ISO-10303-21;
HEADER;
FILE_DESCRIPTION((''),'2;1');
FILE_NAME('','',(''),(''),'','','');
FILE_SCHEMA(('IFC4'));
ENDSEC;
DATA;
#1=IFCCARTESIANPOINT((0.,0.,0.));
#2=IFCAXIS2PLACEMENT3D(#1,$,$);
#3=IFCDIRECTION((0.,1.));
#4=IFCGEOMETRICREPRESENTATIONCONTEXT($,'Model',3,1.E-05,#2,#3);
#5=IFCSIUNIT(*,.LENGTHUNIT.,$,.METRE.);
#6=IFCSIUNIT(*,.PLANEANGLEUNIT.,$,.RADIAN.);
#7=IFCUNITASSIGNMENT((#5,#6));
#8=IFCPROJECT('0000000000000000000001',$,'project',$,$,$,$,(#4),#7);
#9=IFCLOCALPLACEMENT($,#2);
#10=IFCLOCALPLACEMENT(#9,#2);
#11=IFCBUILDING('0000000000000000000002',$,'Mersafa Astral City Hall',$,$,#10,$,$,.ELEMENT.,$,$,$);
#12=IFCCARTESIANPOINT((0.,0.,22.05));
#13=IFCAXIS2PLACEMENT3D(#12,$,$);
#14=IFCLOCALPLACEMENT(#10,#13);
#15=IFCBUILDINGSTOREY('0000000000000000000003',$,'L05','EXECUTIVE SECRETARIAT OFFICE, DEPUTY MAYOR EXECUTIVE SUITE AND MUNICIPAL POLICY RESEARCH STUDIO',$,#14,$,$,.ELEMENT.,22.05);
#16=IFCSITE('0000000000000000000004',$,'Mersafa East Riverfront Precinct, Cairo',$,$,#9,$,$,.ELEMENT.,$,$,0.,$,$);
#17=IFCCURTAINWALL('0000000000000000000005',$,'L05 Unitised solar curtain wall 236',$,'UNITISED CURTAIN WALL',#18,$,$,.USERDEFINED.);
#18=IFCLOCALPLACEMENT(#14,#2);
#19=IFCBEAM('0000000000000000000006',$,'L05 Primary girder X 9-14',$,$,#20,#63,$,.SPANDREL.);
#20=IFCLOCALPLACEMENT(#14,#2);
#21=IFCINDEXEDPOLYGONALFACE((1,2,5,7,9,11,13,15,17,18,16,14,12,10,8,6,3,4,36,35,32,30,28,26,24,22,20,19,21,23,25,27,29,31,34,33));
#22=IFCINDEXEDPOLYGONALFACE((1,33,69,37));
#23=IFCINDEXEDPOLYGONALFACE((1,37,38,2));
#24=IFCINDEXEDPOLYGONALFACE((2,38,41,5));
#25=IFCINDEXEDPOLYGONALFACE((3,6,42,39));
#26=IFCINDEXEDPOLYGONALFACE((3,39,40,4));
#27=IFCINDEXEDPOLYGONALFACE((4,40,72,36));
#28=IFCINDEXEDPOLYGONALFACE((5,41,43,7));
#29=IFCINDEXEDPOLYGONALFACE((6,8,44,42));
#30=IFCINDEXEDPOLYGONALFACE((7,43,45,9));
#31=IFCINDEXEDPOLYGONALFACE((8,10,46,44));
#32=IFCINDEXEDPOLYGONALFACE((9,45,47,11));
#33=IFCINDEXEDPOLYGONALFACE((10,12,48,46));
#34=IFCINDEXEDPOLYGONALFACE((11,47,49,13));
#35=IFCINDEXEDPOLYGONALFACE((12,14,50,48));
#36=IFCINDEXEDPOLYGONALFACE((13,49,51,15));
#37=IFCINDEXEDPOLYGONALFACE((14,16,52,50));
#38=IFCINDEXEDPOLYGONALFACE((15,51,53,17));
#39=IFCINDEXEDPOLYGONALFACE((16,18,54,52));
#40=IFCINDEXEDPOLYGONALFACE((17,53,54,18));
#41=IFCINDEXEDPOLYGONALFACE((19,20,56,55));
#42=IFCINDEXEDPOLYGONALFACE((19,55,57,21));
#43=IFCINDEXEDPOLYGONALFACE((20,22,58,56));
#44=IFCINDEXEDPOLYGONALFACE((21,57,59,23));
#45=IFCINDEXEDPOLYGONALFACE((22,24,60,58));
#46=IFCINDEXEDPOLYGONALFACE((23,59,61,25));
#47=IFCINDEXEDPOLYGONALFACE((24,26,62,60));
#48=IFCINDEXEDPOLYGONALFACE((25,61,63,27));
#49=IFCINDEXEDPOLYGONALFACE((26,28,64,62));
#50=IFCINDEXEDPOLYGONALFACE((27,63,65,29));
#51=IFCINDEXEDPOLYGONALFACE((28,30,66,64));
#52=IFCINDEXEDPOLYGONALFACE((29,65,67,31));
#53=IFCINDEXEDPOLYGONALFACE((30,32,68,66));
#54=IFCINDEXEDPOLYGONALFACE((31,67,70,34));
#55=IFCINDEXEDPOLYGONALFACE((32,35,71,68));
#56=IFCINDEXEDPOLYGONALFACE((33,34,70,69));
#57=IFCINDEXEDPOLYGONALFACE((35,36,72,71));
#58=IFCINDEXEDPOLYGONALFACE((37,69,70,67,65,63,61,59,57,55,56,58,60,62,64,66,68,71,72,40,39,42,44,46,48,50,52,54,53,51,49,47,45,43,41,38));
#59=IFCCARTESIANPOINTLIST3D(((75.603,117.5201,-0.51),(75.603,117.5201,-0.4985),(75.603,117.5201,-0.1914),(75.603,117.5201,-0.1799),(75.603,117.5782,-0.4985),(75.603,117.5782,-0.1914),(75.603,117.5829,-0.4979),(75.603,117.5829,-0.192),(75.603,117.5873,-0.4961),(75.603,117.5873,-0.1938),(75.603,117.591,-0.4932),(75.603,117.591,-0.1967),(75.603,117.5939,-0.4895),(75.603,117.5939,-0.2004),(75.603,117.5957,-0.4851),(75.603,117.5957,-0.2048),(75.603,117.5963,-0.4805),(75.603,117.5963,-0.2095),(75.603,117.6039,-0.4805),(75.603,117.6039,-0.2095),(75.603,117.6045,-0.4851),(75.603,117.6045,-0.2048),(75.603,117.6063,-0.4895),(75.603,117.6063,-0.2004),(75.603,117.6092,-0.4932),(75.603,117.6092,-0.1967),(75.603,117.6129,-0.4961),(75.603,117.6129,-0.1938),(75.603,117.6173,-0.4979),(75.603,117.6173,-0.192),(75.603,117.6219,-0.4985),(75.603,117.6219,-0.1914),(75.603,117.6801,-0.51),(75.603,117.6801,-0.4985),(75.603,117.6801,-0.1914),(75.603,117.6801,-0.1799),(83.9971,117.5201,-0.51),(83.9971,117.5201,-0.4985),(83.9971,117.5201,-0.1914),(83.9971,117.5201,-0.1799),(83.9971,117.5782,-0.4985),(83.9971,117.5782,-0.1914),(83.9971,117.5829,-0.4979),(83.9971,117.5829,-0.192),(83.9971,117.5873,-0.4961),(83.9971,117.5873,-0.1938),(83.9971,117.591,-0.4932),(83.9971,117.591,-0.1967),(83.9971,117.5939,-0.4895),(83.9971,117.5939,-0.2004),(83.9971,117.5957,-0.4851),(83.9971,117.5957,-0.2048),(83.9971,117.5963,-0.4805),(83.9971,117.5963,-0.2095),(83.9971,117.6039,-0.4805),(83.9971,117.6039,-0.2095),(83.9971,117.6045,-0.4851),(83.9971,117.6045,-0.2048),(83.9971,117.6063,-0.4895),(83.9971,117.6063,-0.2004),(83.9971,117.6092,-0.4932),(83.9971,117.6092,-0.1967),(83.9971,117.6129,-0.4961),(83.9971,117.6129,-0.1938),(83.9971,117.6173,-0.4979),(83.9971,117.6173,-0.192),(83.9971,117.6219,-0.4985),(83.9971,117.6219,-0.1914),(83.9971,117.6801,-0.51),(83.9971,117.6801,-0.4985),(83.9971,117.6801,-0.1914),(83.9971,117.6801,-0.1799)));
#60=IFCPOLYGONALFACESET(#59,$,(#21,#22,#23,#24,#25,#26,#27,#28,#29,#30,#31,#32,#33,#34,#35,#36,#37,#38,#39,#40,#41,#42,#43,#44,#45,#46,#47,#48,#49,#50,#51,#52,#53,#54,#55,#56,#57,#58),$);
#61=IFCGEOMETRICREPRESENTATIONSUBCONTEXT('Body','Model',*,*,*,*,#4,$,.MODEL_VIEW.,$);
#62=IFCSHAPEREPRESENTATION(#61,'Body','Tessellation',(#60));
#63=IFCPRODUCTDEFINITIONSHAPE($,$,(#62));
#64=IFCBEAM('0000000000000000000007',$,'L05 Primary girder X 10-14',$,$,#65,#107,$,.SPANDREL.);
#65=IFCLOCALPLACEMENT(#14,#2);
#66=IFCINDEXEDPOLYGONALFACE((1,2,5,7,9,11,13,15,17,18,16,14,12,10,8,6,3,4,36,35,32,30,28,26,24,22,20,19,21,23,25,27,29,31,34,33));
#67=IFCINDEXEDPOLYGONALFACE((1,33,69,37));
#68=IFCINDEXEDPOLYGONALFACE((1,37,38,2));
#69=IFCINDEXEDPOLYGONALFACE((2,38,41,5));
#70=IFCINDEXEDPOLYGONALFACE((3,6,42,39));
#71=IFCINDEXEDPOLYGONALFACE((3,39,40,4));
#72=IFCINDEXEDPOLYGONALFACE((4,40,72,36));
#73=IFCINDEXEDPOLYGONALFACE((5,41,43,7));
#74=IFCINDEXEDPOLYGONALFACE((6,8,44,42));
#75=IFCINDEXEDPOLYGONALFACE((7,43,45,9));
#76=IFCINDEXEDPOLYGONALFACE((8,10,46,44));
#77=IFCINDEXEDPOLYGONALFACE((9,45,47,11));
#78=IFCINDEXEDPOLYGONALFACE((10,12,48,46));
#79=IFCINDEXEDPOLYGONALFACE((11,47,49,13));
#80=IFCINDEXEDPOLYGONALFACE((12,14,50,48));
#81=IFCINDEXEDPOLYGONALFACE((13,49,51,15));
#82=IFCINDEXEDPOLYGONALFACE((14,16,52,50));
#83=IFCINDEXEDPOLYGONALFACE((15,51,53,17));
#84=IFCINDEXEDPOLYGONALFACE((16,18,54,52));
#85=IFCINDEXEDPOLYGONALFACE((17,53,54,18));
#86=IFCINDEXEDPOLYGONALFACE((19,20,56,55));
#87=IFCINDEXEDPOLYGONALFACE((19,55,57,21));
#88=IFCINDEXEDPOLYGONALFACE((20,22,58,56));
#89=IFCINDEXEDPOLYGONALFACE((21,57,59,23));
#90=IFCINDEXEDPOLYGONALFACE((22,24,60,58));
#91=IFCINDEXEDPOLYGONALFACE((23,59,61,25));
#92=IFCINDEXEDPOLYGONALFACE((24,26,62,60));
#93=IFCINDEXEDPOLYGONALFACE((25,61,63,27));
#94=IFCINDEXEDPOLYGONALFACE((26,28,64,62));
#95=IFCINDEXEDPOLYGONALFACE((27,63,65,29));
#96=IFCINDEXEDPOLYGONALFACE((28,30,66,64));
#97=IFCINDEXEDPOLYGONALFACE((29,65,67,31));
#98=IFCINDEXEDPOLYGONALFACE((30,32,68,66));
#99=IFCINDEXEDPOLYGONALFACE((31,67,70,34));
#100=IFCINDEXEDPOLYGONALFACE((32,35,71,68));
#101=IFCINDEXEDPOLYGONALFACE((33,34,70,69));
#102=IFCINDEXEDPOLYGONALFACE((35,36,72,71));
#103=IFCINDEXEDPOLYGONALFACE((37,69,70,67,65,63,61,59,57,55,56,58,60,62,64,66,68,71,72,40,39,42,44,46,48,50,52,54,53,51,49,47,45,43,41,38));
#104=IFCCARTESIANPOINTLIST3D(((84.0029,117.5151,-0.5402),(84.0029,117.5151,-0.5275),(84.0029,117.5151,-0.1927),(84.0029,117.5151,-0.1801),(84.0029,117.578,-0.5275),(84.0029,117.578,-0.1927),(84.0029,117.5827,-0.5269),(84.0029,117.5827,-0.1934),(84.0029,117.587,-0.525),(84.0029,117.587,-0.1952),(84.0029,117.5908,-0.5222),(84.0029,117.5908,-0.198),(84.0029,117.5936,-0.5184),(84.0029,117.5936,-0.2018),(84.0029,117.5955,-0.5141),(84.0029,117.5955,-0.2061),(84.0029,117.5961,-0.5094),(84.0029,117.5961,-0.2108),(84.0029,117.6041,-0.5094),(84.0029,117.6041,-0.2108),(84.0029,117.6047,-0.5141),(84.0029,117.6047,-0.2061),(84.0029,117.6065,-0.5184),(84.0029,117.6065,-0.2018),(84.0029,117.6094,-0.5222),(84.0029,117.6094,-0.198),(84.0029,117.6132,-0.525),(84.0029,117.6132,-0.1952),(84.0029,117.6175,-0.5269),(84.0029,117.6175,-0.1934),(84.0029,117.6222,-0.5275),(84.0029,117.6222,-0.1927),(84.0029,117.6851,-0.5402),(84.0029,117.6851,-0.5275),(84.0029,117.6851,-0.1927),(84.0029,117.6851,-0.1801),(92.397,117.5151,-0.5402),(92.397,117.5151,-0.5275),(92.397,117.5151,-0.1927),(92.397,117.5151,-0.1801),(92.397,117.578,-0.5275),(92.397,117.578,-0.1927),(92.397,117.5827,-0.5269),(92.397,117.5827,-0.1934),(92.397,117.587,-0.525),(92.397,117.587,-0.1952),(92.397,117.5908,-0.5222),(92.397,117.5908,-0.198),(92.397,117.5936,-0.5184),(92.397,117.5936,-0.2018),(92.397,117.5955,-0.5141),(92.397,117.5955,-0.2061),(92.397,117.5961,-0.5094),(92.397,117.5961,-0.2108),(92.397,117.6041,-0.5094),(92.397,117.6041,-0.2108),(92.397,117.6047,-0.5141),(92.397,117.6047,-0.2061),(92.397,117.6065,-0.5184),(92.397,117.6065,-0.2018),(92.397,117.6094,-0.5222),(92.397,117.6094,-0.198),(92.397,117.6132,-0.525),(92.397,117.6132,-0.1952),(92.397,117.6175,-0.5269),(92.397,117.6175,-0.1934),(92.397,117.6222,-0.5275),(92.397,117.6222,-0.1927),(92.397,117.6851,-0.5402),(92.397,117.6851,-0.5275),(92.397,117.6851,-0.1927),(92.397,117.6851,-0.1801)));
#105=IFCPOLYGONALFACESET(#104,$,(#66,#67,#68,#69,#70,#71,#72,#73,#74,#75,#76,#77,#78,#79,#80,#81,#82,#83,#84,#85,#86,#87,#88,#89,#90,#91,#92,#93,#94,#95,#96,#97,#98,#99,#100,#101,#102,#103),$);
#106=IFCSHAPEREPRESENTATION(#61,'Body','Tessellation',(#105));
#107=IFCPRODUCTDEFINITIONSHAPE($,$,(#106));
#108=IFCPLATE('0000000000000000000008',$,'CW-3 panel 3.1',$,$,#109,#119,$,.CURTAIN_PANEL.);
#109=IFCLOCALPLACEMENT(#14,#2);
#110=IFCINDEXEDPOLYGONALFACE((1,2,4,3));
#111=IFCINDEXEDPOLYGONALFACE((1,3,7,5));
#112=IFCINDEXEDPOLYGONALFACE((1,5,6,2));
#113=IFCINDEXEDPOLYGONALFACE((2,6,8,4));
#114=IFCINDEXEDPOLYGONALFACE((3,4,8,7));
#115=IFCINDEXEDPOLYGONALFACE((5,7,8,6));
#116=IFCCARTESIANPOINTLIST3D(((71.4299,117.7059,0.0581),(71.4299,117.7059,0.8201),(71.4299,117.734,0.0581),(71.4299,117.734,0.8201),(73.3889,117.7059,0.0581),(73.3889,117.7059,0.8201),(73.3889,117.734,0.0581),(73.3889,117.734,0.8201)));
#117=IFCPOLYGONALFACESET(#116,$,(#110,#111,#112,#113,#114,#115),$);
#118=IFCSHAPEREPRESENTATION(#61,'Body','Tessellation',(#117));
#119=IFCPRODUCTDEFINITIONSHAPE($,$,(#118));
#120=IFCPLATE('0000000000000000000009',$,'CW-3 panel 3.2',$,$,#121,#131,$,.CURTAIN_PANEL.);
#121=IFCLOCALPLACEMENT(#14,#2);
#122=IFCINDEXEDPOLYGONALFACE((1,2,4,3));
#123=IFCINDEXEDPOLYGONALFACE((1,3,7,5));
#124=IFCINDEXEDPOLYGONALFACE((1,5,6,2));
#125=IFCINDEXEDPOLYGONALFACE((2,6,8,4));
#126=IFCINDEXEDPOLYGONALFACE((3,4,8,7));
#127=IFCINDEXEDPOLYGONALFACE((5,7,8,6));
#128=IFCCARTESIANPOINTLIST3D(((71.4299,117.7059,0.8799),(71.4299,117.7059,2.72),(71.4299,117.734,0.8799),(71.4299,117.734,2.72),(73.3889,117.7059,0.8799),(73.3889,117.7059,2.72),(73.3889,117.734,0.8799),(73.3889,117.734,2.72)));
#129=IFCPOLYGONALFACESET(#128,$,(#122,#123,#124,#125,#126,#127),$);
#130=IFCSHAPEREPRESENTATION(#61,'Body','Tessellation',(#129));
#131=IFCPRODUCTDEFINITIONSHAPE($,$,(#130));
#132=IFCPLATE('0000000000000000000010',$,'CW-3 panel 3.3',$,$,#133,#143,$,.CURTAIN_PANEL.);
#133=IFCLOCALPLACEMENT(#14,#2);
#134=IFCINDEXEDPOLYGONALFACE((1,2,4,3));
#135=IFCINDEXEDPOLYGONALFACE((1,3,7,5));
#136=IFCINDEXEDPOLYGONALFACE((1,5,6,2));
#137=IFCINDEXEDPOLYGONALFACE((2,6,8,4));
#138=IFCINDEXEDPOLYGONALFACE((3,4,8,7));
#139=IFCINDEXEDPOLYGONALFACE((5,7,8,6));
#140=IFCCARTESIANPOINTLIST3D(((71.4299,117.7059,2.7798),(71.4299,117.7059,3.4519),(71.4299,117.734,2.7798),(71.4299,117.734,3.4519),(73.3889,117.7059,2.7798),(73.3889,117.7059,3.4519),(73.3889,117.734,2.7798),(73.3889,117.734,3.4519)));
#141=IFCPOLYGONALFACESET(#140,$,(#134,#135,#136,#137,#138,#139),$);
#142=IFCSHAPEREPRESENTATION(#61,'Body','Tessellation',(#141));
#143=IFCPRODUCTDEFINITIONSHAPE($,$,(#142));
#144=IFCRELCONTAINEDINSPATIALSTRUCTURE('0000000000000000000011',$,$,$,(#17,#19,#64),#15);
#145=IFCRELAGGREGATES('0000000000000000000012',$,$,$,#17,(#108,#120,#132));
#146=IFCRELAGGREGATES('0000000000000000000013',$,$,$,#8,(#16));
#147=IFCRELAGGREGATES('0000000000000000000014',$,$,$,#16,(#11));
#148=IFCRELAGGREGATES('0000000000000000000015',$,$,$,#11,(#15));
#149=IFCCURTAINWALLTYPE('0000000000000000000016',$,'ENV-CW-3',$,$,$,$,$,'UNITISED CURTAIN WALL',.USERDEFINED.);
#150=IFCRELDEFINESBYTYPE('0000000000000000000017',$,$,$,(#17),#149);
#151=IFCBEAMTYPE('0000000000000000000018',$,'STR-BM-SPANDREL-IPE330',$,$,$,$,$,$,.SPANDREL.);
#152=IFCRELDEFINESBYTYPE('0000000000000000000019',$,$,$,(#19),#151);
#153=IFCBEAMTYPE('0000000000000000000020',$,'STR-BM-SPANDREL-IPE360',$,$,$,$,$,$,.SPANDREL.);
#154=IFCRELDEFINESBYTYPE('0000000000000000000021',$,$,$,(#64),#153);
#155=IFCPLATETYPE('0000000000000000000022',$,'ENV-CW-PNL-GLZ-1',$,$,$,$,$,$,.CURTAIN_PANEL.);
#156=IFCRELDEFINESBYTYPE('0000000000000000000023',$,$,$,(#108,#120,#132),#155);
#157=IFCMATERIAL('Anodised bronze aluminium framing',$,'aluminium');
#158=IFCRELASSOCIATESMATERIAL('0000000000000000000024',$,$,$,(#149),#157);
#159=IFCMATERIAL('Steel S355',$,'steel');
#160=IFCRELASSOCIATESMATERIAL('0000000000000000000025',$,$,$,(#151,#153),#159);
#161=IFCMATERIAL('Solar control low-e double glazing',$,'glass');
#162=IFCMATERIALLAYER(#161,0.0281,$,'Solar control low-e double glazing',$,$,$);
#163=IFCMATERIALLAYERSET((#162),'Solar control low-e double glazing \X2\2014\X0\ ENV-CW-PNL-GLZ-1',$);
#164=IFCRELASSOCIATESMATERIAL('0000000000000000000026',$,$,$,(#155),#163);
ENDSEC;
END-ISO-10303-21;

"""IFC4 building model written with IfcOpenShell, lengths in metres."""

from ifc_helpers import new_model, si_unit, direction, frame, origin, origin_2d, place, context, subcontext, project, spatial, rectangle, i_section, extrude, material, layer, layer_set, material_profile, profile_set, type_object, element, aggregate, save


model = new_model("IFC4")

# Units and contexts
model_context = context("Model", 3, precision=1e-05, world=origin(), true_north=direction((0.0, 1.0)))
body_context = subcontext(model_context, "Body", "Model", "MODEL_VIEW")
ifc_project = project(units=[si_unit("LENGTHUNIT", "METRE"), si_unit("PLANEANGLEUNIT", "RADIAN")], contexts=[model_context])

# Site, building, storey
site_placement = place(None, origin())
site = spatial("IfcSite", under=ifc_project, at=site_placement, Name="Mersafa East Riverfront Precinct, Cairo", CompositionType="ELEMENT", RefElevation=0.0)
building_placement = place(site_placement, origin())
building = spatial("IfcBuilding", under=site, at=building_placement, Name="Mersafa Astral City Hall", CompositionType="ELEMENT")
storey_placement = place(building_placement, frame((0.0, 0.0, 22.05)))
storey = spatial("IfcBuildingStorey", under=building, at=storey_placement, Name="L05", Description="EXECUTIVE SECRETARIAT OFFICE, DEPUTY MAYOR EXECUTIVE SUITE AND MUNICIPAL POLICY RESEARCH STUDIO", CompositionType="ELEMENT", Elevation=22.05)

# Shared definitions
ifc_material_1 = material(Name="Steel S355", Category="steel")

# Curtain wall
ifc_material_2 = material(Name="Anodised bronze aluminium framing", Category="aluminium")
curtain_wall_type = type_object("IfcCurtainWallType", Name="ENV-CW-3", ElementType="UNITISED CURTAIN WALL", PredefinedType="USERDEFINED", material=ifc_material_2)
curtain_wall_placement = place(storey_placement, origin())
curtain_wall = element("IfcCurtainWall", 1, at=curtain_wall_placement, inside=storey, type_object=curtain_wall_type, Name="L05 Unitised solar curtain wall 236", ObjectType="UNITISED CURTAIN WALL", PredefinedType="USERDEFINED")

# Beams
ifc_material_profile_1 = material_profile(ifc_material_1, i_section(OverallWidth=0.1599, OverallDepth=0.3301, WebThickness=0.0076, FlangeThickness=0.0115, FilletRadius=0.0181, at=origin_2d()), Name="IPE 330")
ifc_profile_set_1 = profile_set([ifc_material_profile_1], Name="Steel S355")
beam_type_1 = type_object("IfcBeamType", Name="STR-BM-SPANDREL-IPE330", PredefinedType="SPANDREL", material=ifc_profile_set_1)
beam_1_placement = place(storey_placement, frame((75.603, 117.6001, -0.345), z_axis=(1.0, 0.0, 0.0), x_axis=(0.0, 1.0, 0.0)))
element("IfcBeam", 2, at=beam_1_placement, inside=storey, type_object=beam_type_1, Name="L05 Primary girder X 9-14", PredefinedType="SPANDREL", context=body_context, shape_type="SweptSolid", body=[
    extrude(i_section(OverallWidth=0.1599, OverallDepth=0.3301, WebThickness=0.0076, FlangeThickness=0.0115, FilletRadius=0.0181, at=origin_2d()), origin(), (0.0, 0.0, 1.0), 8.394),
])
ifc_material_profile_2 = material_profile(ifc_material_1, i_section(OverallWidth=0.1699, OverallDepth=0.3601, WebThickness=0.0081, FlangeThickness=0.0127, FilletRadius=0.0181, at=origin_2d()), Name="IPE 360")
ifc_profile_set_2 = profile_set([ifc_material_profile_2], Name="Steel S355")
beam_type_2 = type_object("IfcBeamType", Name="STR-BM-SPANDREL-IPE360", PredefinedType="SPANDREL", material=ifc_profile_set_2)
beam_2_placement = place(storey_placement, frame((84.0029, 117.6001, -0.3601), z_axis=(1.0, 0.0, 0.0), x_axis=(0.0, 1.0, 0.0)))
element("IfcBeam", 3, at=beam_2_placement, inside=storey, type_object=beam_type_2, Name="L05 Primary girder X 10-14", PredefinedType="SPANDREL", context=body_context, shape_type="SweptSolid", body=[
    extrude(i_section(OverallWidth=0.1699, OverallDepth=0.3601, WebThickness=0.0081, FlangeThickness=0.0127, FilletRadius=0.0181, at=origin_2d()), origin(), (0.0, 0.0, 1.0), 8.394),
])

# Plates
ifc_material_3 = material(Name="Solar control low-e double glazing", Category="glass")
ifc_layer_1 = layer(ifc_material_3, 0.0281, Name="Solar control low-e double glazing")
ifc_layer_set_1 = layer_set([ifc_layer_1], Name="Solar control low-e double glazing — ENV-CW-PNL-GLZ-1")
plate_type = type_object("IfcPlateType", Name="ENV-CW-PNL-GLZ-1", PredefinedType="CURTAIN_PANEL", material=ifc_layer_set_1)
plate_1_placement = place(storey_placement, frame((72.4094, 117.72, 0.0581), z_axis=(0.0, 0.0, 1.0), x_axis=(1.0, 0.0, 0.0)))
plate_1 = element("IfcPlate", 4, at=plate_1_placement, type_object=plate_type, Name="CW-3 panel 3.1", PredefinedType="CURTAIN_PANEL", context=body_context, shape_type="SweptSolid", body=[
    extrude(rectangle(XDim=1.959, YDim=0.0281, at=origin_2d()), origin(), (0.0, 0.0, 1.0), 0.762),
])
plate_2_placement = place(storey_placement, frame((72.4094, 117.72, 0.8799), z_axis=(0.0, 0.0, 1.0), x_axis=(1.0, 0.0, 0.0)))
plate_2 = element("IfcPlate", 5, at=plate_2_placement, type_object=plate_type, Name="CW-3 panel 3.2", PredefinedType="CURTAIN_PANEL", context=body_context, shape_type="SweptSolid", body=[
    extrude(rectangle(XDim=1.959, YDim=0.0281, at=origin_2d()), origin(), (0.0, 0.0, 1.0), 1.8401),
])
plate_3_placement = place(storey_placement, frame((72.4094, 117.72, 2.7798), z_axis=(0.0, 0.0, 1.0), x_axis=(1.0, 0.0, 0.0)))
plate_3 = element("IfcPlate", 6, at=plate_3_placement, type_object=plate_type, Name="CW-3 panel 3.3", PredefinedType="CURTAIN_PANEL", context=body_context, shape_type="SweptSolid", body=[
    extrude(rectangle(XDim=1.959, YDim=0.0281, at=origin_2d()), origin(), (0.0, 0.0, 1.0), 0.6721),
])
aggregate(curtain_wall, [plate_1, plate_2, plate_3])

save(model, "model.ifc")
